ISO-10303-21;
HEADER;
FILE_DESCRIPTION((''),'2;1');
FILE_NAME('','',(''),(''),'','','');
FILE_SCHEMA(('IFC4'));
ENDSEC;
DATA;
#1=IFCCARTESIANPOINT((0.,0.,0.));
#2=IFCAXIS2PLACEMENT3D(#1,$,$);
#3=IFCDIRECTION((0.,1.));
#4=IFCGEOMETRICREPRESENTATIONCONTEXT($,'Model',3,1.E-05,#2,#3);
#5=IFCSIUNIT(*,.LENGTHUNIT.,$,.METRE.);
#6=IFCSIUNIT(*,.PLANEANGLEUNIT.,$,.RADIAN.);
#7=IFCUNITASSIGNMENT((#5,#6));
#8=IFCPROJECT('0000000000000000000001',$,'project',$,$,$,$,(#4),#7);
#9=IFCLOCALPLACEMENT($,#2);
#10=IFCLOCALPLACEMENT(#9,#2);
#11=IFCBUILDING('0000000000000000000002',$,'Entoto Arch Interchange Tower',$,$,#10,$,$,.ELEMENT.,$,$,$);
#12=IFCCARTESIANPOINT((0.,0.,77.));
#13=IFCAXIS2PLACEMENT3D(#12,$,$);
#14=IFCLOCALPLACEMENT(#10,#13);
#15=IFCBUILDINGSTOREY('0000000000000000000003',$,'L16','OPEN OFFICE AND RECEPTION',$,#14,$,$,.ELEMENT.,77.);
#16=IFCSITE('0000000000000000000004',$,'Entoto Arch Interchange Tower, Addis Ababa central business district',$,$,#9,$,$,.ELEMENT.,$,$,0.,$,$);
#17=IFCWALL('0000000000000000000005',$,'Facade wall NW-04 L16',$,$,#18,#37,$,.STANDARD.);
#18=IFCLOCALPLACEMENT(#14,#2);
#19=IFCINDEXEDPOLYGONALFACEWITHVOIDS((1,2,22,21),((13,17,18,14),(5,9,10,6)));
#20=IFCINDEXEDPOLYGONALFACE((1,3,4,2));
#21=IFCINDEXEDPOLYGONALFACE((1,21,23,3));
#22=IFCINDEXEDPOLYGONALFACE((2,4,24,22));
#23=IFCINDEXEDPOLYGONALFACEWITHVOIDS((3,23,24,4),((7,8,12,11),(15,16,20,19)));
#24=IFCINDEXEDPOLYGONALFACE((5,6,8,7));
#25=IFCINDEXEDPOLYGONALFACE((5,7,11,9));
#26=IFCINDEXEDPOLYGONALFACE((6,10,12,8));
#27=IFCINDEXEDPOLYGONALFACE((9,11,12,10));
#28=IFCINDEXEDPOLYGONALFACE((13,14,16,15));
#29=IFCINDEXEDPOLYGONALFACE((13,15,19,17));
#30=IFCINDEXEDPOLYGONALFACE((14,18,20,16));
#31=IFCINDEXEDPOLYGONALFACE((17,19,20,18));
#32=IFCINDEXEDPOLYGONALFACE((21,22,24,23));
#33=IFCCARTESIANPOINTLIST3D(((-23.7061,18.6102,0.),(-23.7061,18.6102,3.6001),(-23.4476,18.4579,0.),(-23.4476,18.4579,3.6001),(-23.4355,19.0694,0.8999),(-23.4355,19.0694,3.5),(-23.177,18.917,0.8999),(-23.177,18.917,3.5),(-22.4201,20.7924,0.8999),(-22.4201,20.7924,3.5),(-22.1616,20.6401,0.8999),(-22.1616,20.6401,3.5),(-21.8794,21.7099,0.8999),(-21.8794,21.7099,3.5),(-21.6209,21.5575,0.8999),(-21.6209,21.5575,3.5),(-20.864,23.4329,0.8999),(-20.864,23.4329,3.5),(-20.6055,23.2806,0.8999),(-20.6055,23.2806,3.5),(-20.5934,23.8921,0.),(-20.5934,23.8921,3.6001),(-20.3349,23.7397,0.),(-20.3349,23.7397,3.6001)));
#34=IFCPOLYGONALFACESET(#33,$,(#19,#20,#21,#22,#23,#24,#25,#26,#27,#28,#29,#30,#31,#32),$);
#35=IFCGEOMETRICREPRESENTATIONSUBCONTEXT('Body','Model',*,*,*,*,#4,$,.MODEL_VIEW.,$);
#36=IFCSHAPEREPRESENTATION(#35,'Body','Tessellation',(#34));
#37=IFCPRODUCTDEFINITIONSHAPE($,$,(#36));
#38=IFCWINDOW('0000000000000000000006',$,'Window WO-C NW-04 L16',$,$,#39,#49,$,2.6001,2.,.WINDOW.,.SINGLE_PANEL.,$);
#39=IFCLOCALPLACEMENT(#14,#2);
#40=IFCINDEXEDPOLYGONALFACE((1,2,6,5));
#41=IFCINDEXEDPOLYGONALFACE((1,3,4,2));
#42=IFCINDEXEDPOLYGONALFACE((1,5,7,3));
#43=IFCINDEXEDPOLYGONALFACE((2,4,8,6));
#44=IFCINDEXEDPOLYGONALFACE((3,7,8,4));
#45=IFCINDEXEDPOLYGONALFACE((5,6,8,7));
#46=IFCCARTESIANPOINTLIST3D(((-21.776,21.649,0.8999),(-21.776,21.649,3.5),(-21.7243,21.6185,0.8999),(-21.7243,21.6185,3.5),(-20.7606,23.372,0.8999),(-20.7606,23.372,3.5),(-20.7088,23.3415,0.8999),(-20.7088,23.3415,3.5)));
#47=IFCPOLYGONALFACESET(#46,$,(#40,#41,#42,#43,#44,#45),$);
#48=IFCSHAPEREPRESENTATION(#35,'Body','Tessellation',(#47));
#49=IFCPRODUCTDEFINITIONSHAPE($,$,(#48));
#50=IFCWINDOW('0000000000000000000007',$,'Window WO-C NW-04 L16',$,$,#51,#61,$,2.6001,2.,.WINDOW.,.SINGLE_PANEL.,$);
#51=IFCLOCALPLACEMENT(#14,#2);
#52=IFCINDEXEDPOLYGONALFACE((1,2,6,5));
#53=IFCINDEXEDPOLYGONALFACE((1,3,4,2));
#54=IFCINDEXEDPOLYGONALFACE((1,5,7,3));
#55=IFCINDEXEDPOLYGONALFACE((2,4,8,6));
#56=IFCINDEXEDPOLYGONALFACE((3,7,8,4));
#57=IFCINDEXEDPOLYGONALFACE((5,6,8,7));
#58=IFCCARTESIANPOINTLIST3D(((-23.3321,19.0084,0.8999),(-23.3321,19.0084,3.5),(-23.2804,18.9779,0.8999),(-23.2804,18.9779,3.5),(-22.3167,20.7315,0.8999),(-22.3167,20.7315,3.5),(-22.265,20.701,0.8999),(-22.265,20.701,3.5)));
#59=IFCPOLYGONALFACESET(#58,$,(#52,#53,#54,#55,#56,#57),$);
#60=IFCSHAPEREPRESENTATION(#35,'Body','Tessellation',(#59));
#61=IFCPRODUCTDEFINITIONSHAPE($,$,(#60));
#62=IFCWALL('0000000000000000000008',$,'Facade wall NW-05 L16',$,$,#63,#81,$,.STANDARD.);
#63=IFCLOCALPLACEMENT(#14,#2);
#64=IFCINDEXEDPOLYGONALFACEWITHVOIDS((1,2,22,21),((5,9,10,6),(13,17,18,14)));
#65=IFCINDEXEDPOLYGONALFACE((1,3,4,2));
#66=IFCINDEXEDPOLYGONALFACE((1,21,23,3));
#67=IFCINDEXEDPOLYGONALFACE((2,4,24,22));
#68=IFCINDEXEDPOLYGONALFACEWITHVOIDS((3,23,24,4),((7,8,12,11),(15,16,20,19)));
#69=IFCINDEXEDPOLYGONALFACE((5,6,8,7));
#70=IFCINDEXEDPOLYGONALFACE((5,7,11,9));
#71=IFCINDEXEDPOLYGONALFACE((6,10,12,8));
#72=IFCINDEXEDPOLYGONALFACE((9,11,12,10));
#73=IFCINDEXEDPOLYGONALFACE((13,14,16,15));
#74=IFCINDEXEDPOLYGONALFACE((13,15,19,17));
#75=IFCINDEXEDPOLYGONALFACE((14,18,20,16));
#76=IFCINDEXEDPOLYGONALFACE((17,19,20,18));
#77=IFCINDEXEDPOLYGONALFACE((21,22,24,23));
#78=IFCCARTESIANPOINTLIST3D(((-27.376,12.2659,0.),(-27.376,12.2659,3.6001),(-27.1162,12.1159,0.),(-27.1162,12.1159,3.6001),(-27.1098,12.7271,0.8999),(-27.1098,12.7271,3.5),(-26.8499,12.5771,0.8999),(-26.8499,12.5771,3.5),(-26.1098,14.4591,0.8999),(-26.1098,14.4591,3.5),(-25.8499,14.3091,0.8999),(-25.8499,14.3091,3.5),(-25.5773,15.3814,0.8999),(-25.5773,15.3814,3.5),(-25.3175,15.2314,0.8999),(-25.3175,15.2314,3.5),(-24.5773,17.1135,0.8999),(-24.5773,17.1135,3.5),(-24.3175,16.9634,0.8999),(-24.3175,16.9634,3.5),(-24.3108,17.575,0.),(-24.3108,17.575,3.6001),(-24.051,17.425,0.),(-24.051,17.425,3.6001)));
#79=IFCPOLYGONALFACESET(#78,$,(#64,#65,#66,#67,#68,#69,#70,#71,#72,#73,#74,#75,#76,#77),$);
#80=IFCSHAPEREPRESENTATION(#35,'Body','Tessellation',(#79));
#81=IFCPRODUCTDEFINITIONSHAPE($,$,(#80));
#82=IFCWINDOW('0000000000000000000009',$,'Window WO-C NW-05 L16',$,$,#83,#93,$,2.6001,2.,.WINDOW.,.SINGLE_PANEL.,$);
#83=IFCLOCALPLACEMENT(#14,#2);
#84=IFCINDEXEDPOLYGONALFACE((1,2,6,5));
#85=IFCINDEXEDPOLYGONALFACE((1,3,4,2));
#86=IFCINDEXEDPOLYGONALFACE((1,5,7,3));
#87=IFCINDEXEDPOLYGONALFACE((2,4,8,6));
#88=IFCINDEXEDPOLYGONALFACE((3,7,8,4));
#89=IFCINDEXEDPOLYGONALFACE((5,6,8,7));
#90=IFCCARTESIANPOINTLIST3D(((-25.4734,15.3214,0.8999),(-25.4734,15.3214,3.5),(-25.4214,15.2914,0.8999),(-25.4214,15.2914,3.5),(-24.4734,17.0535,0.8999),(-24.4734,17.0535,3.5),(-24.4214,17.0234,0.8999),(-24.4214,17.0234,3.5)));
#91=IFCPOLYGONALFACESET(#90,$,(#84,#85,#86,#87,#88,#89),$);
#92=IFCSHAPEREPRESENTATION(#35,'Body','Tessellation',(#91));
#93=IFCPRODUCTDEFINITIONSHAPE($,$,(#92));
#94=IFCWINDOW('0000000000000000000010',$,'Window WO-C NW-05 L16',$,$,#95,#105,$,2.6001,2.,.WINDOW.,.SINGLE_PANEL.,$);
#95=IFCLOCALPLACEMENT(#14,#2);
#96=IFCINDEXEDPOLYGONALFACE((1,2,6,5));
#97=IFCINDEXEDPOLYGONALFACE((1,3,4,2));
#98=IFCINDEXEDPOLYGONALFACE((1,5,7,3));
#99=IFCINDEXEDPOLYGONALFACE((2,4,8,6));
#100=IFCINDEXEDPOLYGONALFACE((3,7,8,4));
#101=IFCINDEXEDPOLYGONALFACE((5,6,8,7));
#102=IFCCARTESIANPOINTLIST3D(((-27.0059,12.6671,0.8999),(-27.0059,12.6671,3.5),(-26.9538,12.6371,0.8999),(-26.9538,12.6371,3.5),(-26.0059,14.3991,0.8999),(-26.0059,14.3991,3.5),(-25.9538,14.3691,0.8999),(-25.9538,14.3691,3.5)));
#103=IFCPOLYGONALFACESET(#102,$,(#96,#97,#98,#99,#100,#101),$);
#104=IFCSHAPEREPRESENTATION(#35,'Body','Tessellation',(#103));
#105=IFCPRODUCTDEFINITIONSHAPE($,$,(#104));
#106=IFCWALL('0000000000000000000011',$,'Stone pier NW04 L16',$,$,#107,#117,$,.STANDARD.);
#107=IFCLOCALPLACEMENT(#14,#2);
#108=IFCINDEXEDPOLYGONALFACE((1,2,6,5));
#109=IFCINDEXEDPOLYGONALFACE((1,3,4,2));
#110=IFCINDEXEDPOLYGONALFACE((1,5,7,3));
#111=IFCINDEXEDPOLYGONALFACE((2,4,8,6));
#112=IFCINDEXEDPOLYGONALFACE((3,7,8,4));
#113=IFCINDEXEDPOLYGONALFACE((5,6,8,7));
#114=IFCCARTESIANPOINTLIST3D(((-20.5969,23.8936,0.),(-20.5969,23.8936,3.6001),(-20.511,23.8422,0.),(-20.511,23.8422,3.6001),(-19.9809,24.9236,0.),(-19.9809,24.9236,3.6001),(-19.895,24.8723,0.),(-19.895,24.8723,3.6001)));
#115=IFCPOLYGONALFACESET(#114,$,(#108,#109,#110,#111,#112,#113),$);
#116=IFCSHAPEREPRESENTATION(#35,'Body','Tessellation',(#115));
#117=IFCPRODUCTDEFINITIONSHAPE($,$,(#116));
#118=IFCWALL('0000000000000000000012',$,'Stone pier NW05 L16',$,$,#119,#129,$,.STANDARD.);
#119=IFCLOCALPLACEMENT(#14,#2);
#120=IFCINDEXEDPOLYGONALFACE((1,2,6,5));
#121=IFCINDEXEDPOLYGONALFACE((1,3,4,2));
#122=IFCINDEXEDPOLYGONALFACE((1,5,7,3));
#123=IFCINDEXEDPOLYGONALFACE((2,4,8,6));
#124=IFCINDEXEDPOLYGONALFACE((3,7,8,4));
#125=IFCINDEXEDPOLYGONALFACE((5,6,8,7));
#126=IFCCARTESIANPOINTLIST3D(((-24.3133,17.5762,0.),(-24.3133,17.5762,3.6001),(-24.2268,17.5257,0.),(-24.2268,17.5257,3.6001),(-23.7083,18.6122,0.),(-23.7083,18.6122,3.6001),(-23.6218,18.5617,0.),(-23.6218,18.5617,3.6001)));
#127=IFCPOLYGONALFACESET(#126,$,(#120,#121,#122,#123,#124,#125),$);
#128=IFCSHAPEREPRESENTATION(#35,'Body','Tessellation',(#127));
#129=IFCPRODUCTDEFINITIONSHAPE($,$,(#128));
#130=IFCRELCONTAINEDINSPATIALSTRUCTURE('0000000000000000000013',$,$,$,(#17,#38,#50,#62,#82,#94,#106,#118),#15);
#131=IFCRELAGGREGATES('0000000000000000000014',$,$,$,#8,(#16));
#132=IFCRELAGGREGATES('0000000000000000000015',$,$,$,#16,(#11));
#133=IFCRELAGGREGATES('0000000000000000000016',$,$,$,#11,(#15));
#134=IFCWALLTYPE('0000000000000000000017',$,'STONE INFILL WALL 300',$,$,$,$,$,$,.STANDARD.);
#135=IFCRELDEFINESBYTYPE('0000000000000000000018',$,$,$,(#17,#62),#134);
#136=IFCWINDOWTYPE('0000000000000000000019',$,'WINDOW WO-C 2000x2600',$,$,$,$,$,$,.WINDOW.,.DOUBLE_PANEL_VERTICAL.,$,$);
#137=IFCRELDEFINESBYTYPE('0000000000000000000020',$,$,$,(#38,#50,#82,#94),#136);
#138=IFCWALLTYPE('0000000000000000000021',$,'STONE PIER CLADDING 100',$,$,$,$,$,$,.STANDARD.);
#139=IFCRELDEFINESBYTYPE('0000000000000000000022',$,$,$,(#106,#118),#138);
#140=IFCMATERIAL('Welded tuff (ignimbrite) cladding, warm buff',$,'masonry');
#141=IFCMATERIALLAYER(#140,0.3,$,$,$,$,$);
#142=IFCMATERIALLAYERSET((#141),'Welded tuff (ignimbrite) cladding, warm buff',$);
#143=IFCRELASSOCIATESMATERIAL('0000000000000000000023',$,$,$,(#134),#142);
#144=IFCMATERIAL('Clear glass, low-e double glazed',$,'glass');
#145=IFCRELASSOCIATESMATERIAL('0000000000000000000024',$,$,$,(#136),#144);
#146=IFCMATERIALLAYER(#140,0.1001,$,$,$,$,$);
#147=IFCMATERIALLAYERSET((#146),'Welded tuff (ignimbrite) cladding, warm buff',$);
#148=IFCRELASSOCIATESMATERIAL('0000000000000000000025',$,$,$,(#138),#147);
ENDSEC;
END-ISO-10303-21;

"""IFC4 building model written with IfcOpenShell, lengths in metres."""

from ifc_helpers import new_model, si_unit, direction, frame, frame_2d, origin, place, context, subcontext, project, spatial, rectangle, extrude, material, layer, layer_set, type_object, element, fill, save


model = new_model("IFC4")

# Units and contexts
model_context = context("Model", 3, precision=1e-05, world=origin(), true_north=direction((0.0, 1.0)))
body_context = subcontext(model_context, "Body", "Model", "MODEL_VIEW")
ifc_project = project(units=[si_unit("LENGTHUNIT", "METRE"), si_unit("PLANEANGLEUNIT", "RADIAN")], contexts=[model_context])

# Site, building, storey
site_placement = place(None, origin())
site = spatial("IfcSite", under=ifc_project, at=site_placement, Name="Entoto Arch Interchange Tower, Addis Ababa central business district", CompositionType="ELEMENT", RefElevation=0.0)
building_placement = place(site_placement, origin())
building = spatial("IfcBuilding", under=site, at=building_placement, Name="Entoto Arch Interchange Tower", CompositionType="ELEMENT")
storey_placement = place(building_placement, frame((0.0, 0.0, 77.0)))
storey = spatial("IfcBuildingStorey", under=building, at=storey_placement, Name="L16", Description="OPEN OFFICE AND RECEPTION", CompositionType="ELEMENT", Elevation=77.0)

# Walls, openings, windows
ifc_material_1 = material(Name="Welded tuff (ignimbrite) cladding, warm buff", Category="masonry")
ifc_layer_1 = layer(ifc_material_1, 0.3)
ifc_layer_set_1 = layer_set([ifc_layer_1], Name="Welded tuff (ignimbrite) cladding, warm buff")
wall_type_1 = type_object("IfcWallType", Name="STONE INFILL WALL 300", PredefinedType="STANDARD", material=ifc_layer_set_1)
wall_1_placement = place(storey_placement, frame((-20.4641, 23.8159, 0.0), z_axis=(0.0, 0.0, 1.0), x_axis=(-0.507716, -0.861524, 0.0)))
wall_1 = element("IfcWall", 1, at=wall_1_placement, inside=storey, type_object=wall_type_1, Name="Facade wall NW-04 L16", PredefinedType="STANDARD", context=body_context, shape_type="SweptSolid", body=[
    extrude(rectangle(XDim=6.1309, YDim=0.3, at=frame_2d((3.0654, 0.0))), origin(), (0.0, 0.0, 1.0), 3.6001),
])
opening_1_placement = place(wall_1_placement, frame((0.533, 0.0, 0.8999)))
opening_1 = element("IfcOpeningElement", 2, at=opening_1_placement, cuts=wall_1, PredefinedType="OPENING", context=body_context, shape_type="SweptSolid", body=[
    extrude(rectangle(XDim=2.0, YDim=2.6001, at=frame_2d((1.0, 1.3))), frame((0.0, 0.1602, 0.0), z_axis=(0.0, -1.0, 0.0), x_axis=(1.0, 0.0, 0.0)), (0.0, 0.0, 1.0), 0.3201),
])
opening_2_placement = place(wall_1_placement, frame((3.5979, 0.0, 0.8999)))
opening_2 = element("IfcOpeningElement", 3, at=opening_2_placement, cuts=wall_1, PredefinedType="OPENING", context=body_context, shape_type="SweptSolid", body=[
    extrude(rectangle(XDim=2.0, YDim=2.6001, at=frame_2d((1.0, 1.3))), frame((0.0, 0.1602, 0.0), z_axis=(0.0, -1.0, 0.0), x_axis=(1.0, 0.0, 0.0)), (0.0, 0.0, 1.0), 0.3201),
])
ifc_material_2 = material(Name="Clear glass, low-e double glazed", Category="glass")
window_type = type_object("IfcWindowType", Name="WINDOW WO-C 2000x2600", PartitioningType="DOUBLE_PANEL_VERTICAL", PredefinedType="WINDOW", material=ifc_material_2)
window_1_placement = place(opening_1_placement, origin())
window_1 = element("IfcWindow", 4, at=window_1_placement, inside=storey, type_object=window_type, Name="Window WO-C NW-04 L16", OverallHeight=2.6001, OverallWidth=2.0, PartitioningType="SINGLE_PANEL", PredefinedType="WINDOW", context=body_context, shape_type="SweptSolid", body=[
    extrude(rectangle(XDim=2.0, YDim=2.6001, at=frame_2d((1.0, 1.3))), frame((0.0, 0.03, 0.0), z_axis=(0.0, -1.0, 0.0), x_axis=(1.0, 0.0, 0.0)), (0.0, 0.0, 1.0), 0.0601),
])
fill(opening_1, window_1)
window_2_placement = place(opening_2_placement, origin())
window_2 = element("IfcWindow", 5, at=window_2_placement, inside=storey, type_object=window_type, Name="Window WO-C NW-04 L16", OverallHeight=2.6001, OverallWidth=2.0, PartitioningType="SINGLE_PANEL", PredefinedType="WINDOW", context=body_context, shape_type="SweptSolid", body=[
    extrude(rectangle(XDim=2.0, YDim=2.6001, at=frame_2d((1.0, 1.3))), frame((0.0, 0.03, 0.0), z_axis=(0.0, -1.0, 0.0), x_axis=(1.0, 0.0, 0.0)), (0.0, 0.0, 1.0), 0.0601),
])
fill(opening_2, window_2)
wall_2_placement = place(storey_placement, frame((-24.1809, 17.5, 0.0), z_axis=(0.0, 0.0, 1.0), x_axis=(-0.499998, -0.866026, 0.0)))
wall_2 = element("IfcWall", 6, at=wall_2_placement, inside=storey, type_object=wall_type_1, Name="Facade wall NW-05 L16", PredefinedType="STANDARD", context=body_context, shape_type="SweptSolid", body=[
    extrude(rectangle(XDim=6.1304, YDim=0.3, at=frame_2d((3.0652, 0.0))), origin(), (0.0, 0.0, 1.0), 3.6001),
])
opening_3_placement = place(wall_2_placement, frame((0.533, 0.0, 0.8999)))
opening_3 = element("IfcOpeningElement", 7, at=opening_3_placement, cuts=wall_2, PredefinedType="OPENING", context=body_context, shape_type="SweptSolid", body=[
    extrude(rectangle(XDim=2.0, YDim=2.6001, at=frame_2d((1.0, 1.3))), frame((0.0, 0.1602, 0.0), z_axis=(0.0, -1.0, 0.0), x_axis=(1.0, 0.0, 0.0)), (0.0, 0.0, 1.0), 0.3201),
])
opening_4_placement = place(wall_2_placement, frame((3.5979, 0.0, 0.8999)))
opening_4 = element("IfcOpeningElement", 8, at=opening_4_placement, cuts=wall_2, PredefinedType="OPENING", context=body_context, shape_type="SweptSolid", body=[
    extrude(rectangle(XDim=2.0, YDim=2.6001, at=frame_2d((1.0, 1.3))), frame((0.0, 0.1602, 0.0), z_axis=(0.0, -1.0, 0.0), x_axis=(1.0, 0.0, 0.0)), (0.0, 0.0, 1.0), 0.3201),
])
window_3_placement = place(opening_3_placement, origin())
window_3 = element("IfcWindow", 9, at=window_3_placement, inside=storey, type_object=window_type, Name="Window WO-C NW-05 L16", OverallHeight=2.6001, OverallWidth=2.0, PartitioningType="SINGLE_PANEL", PredefinedType="WINDOW", context=body_context, shape_type="SweptSolid", body=[
    extrude(rectangle(XDim=2.0, YDim=2.6001, at=frame_2d((1.0, 1.3))), frame((0.0, 0.03, 0.0), z_axis=(0.0, -1.0, 0.0), x_axis=(1.0, 0.0, 0.0)), (0.0, 0.0, 1.0), 0.0601),
])
fill(opening_3, window_3)
window_4_placement = place(opening_4_placement, origin())
window_4 = element("IfcWindow", 10, at=window_4_placement, inside=storey, type_object=window_type, Name="Window WO-C NW-05 L16", OverallHeight=2.6001, OverallWidth=2.0, PartitioningType="SINGLE_PANEL", PredefinedType="WINDOW", context=body_context, shape_type="SweptSolid", body=[
    extrude(rectangle(XDim=2.0, YDim=2.6001, at=frame_2d((1.0, 1.3))), frame((0.0, 0.03, 0.0), z_axis=(0.0, -1.0, 0.0), x_axis=(1.0, 0.0, 0.0)), (0.0, 0.0, 1.0), 0.0601),
])
fill(opening_4, window_4)

# Walls
ifc_layer_2 = layer(ifc_material_1, 0.1001)
ifc_layer_set_2 = layer_set([ifc_layer_2], Name="Welded tuff (ignimbrite) cladding, warm buff")
wall_type_2 = type_object("IfcWallType", Name="STONE PIER CLADDING 100", PredefinedType="STANDARD", material=ifc_layer_set_2)
wall_3_placement = place(storey_placement, frame((-19.938, 24.8979, 0.0), z_axis=(0.0, 0.0, 1.0), x_axis=(-0.513239, -0.858246, 0.0)))
element("IfcWall", 11, at=wall_3_placement, inside=storey, type_object=wall_type_2, Name="Stone pier NW04 L16", PredefinedType="STANDARD", context=body_context, shape_type="SweptSolid", body=[
    extrude(rectangle(XDim=1.2002, YDim=0.1001, at=frame_2d((0.6001, 0.0))), origin(), (0.0, 0.0, 1.0), 3.6001),
])
wall_4_placement = place(storey_placement, frame((-23.665, 18.5869, 0.0), z_axis=(0.0, 0.0, 1.0), x_axis=(-0.504314, -0.86352, 0.0)))
element("IfcWall", 12, at=wall_4_placement, inside=storey, type_object=wall_type_2, Name="Stone pier NW05 L16", PredefinedType="STANDARD", context=body_context, shape_type="SweptSolid", body=[
    extrude(rectangle(XDim=1.1997, YDim=0.1001, at=frame_2d((0.5999, 0.0))), origin(), (0.0, 0.0, 1.0), 3.6001),
])

save(model, "model.ifc")
